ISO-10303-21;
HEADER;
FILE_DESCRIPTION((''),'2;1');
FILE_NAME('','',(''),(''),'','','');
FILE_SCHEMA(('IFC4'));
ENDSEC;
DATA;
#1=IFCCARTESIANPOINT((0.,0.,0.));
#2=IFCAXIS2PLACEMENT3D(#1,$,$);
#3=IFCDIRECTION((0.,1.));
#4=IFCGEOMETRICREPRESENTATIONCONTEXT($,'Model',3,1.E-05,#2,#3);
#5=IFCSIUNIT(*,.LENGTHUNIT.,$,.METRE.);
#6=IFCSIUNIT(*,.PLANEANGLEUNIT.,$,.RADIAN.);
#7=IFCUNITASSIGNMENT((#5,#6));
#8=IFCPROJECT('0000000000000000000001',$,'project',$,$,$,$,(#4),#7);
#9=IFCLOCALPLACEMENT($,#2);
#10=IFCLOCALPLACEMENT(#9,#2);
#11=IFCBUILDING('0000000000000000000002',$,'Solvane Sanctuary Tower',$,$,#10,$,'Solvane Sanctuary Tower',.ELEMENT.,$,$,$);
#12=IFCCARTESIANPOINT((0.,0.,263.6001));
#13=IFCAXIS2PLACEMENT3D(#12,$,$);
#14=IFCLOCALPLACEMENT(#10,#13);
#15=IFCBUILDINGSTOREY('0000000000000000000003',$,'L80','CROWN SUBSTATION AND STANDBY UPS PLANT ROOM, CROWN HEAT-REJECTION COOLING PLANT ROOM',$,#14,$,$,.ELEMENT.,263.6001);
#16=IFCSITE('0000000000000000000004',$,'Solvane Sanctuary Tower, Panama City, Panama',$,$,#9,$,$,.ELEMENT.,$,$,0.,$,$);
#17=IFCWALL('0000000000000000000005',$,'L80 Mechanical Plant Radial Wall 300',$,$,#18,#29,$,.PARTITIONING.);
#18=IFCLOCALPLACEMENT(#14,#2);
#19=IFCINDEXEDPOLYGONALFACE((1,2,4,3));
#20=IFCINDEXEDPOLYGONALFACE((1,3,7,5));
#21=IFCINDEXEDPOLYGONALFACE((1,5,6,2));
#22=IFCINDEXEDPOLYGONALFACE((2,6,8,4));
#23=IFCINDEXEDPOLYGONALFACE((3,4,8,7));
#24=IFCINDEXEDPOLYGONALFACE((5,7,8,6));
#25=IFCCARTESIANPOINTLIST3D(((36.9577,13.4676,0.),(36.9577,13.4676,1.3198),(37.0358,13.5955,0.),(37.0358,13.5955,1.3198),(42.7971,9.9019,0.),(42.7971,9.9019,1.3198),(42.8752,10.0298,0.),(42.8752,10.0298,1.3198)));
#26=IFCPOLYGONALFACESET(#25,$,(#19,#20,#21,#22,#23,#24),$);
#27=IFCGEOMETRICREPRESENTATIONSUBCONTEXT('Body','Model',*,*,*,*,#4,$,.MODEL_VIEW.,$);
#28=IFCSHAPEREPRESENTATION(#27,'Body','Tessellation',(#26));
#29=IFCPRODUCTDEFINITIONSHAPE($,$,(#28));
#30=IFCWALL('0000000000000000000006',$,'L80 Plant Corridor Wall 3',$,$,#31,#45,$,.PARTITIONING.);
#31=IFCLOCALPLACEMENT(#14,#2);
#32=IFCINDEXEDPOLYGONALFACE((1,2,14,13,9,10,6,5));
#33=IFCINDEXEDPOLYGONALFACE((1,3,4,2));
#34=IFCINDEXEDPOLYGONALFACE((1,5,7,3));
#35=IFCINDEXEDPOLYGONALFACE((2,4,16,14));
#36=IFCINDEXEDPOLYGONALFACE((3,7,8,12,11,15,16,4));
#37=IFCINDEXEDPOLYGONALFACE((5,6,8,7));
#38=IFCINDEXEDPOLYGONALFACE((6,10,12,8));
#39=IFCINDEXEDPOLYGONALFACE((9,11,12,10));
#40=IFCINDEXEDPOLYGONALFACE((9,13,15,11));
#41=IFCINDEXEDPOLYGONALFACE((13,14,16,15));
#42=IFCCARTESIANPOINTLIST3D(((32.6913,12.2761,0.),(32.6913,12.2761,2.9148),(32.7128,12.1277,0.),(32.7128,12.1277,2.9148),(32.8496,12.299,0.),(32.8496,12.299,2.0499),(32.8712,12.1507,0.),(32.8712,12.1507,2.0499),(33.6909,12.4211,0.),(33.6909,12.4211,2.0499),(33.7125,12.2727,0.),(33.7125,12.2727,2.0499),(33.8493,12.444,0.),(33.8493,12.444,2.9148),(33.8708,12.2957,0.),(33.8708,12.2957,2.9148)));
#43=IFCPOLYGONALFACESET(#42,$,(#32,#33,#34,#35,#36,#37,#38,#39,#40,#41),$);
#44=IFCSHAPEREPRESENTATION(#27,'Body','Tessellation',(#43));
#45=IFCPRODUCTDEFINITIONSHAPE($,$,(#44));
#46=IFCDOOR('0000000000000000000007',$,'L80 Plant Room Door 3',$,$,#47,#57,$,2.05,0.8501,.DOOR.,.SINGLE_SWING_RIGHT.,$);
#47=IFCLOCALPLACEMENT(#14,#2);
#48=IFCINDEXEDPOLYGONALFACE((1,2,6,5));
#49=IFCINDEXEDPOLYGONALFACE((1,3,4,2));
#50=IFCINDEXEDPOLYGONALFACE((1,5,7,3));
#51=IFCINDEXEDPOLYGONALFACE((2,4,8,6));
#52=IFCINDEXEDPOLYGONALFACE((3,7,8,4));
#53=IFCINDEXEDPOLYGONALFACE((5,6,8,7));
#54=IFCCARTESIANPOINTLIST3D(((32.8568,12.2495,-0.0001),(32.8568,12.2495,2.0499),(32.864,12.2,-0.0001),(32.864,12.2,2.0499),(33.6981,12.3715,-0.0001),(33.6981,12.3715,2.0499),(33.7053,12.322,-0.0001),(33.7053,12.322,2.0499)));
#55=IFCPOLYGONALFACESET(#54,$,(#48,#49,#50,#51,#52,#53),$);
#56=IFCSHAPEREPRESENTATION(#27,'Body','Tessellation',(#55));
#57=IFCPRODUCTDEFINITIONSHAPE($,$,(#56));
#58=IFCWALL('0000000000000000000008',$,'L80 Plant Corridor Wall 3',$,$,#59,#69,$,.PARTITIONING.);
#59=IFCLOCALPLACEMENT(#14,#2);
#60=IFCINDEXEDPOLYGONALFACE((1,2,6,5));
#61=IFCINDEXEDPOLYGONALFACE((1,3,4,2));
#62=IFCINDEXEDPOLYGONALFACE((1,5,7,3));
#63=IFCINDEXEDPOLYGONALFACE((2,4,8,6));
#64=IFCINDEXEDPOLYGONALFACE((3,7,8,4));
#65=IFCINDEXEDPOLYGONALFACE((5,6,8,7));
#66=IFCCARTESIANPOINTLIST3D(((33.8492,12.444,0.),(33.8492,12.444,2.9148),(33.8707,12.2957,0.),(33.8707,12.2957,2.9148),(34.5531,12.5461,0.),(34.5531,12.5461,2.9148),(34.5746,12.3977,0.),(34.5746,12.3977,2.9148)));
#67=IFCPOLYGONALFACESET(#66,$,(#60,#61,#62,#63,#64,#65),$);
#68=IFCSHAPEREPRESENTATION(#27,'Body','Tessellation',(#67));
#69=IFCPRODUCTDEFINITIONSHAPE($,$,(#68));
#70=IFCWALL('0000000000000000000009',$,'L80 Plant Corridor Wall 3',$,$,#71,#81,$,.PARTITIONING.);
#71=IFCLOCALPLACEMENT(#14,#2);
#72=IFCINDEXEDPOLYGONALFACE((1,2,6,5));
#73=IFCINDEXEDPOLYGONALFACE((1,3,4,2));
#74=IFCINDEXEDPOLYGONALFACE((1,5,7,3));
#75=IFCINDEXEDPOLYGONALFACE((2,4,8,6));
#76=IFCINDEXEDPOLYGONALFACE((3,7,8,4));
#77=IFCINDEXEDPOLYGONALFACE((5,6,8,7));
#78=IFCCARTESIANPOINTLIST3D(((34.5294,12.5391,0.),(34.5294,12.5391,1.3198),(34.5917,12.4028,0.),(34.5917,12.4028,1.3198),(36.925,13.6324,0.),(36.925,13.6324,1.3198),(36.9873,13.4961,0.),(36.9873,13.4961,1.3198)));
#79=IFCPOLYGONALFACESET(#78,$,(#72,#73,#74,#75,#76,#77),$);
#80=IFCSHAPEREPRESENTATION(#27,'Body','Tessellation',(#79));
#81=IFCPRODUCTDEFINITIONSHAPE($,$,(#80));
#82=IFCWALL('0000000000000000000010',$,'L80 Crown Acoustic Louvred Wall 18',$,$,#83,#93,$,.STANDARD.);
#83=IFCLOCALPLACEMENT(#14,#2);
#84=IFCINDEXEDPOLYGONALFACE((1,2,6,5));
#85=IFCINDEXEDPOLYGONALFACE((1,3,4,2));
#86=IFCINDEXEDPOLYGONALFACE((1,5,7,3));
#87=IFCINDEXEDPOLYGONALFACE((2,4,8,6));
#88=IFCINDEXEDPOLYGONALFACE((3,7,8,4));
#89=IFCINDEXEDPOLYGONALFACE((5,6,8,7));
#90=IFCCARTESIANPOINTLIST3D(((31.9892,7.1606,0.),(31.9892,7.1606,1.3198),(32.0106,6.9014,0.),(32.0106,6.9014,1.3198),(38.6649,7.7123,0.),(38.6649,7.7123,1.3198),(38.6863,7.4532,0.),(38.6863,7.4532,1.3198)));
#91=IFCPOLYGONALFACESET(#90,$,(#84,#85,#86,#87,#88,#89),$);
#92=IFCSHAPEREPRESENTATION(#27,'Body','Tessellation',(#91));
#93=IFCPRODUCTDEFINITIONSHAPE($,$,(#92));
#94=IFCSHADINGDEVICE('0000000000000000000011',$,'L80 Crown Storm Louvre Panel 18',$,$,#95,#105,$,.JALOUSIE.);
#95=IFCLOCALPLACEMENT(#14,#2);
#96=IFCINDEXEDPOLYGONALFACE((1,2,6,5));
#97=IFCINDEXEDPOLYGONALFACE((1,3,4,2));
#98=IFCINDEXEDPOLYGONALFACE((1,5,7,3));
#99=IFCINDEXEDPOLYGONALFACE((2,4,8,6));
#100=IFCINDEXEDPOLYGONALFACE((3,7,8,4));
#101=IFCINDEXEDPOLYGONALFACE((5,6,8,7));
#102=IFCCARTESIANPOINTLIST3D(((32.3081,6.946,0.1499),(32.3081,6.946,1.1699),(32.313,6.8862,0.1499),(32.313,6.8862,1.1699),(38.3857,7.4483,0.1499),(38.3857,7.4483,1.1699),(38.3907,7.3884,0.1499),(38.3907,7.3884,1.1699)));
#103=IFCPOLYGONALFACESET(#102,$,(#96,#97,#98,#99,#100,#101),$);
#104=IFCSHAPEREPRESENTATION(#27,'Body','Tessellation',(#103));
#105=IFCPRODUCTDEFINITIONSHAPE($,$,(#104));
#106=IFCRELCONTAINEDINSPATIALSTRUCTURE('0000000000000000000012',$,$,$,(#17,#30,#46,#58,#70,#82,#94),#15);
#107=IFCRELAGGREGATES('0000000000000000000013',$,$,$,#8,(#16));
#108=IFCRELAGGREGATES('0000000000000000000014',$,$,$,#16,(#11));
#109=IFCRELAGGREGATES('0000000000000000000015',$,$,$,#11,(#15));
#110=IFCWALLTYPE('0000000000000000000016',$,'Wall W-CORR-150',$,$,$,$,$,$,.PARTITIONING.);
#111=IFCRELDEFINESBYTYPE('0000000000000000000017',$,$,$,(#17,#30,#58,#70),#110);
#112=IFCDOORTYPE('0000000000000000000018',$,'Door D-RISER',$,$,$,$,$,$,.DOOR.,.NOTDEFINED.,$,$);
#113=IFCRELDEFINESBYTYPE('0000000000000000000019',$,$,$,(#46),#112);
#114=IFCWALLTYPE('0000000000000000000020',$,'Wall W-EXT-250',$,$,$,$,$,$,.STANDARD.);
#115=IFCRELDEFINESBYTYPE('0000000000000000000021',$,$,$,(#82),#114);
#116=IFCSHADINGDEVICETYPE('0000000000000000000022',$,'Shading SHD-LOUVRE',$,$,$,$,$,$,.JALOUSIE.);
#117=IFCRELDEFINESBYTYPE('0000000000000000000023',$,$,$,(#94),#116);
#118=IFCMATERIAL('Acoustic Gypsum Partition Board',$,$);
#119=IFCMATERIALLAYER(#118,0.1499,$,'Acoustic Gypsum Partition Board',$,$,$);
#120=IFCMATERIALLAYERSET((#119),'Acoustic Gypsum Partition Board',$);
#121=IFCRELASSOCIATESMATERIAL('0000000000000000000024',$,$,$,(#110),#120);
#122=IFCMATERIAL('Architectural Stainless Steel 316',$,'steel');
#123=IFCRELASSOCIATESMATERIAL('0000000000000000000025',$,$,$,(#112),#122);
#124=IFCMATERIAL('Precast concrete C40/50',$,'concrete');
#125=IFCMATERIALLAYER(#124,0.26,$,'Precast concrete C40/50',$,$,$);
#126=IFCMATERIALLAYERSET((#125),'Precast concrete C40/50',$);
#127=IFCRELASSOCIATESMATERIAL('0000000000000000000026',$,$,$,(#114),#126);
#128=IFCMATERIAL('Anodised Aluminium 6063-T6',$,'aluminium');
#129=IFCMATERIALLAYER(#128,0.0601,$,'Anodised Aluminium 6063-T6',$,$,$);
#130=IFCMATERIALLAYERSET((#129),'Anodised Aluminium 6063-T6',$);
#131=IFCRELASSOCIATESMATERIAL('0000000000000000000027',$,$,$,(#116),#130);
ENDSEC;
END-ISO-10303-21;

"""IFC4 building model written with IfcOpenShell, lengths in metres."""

from ifc_helpers import new_model, si_unit, direction, frame, frame_2d, origin, origin_2d, place, context, subcontext, project, spatial, rectangle, extrude, material, layer, layer_set, type_object, element, fill, save


model = new_model("IFC4")

# Units and contexts
model_context = context("Model", 3, precision=1e-05, world=origin(), true_north=direction((0.0, 1.0)))
body_context = subcontext(model_context, "Body", "Model", "MODEL_VIEW")
ifc_project = project(units=[si_unit("LENGTHUNIT", "METRE"), si_unit("PLANEANGLEUNIT", "RADIAN")], contexts=[model_context])

# Site, building, storey
site_placement = place(None, origin())
site = spatial("IfcSite", under=ifc_project, at=site_placement, Name="Solvane Sanctuary Tower, Panama City, Panama", CompositionType="ELEMENT", RefElevation=0.0)
building_placement = place(site_placement, origin())
building = spatial("IfcBuilding", under=site, at=building_placement, Name="Solvane Sanctuary Tower", LongName="Solvane Sanctuary Tower", CompositionType="ELEMENT")
storey_placement = place(building_placement, frame((0.0, 0.0, 263.6001)))
storey = spatial("IfcBuildingStorey", under=building, at=storey_placement, Name="L80", Description="CROWN SUBSTATION AND STANDBY UPS PLANT ROOM, CROWN HEAT-REJECTION COOLING PLANT ROOM", CompositionType="ELEMENT", Elevation=263.6001)

# Shared definitions
ifc_material_1 = material(Name="Anodised Aluminium 6063-T6", Category="aluminium")

# Wall
ifc_material_2 = material(Name="Acoustic Gypsum Partition Board")
ifc_layer_1 = layer(ifc_material_2, 0.1499, Name="Acoustic Gypsum Partition Board")
ifc_layer_set_1 = layer_set([ifc_layer_1], Name="Acoustic Gypsum Partition Board")
wall_type_1 = type_object("IfcWallType", Name="Wall W-CORR-150", PredefinedType="PARTITIONING", material=ifc_layer_set_1)
wall_1_placement = place(storey_placement, frame((36.9968, 13.5315, 0.0), z_axis=(0.0, 0.0, 1.0), x_axis=(0.853465, -0.52115, 0.0)))
element("IfcWall", 1, at=wall_1_placement, inside=storey, type_object=wall_type_1, Name="L80 Mechanical Plant Radial Wall 300", PredefinedType="PARTITIONING", context=body_context, shape_type="SweptSolid", body=[
    extrude(rectangle(XDim=6.842, YDim=0.1499, at=frame_2d((3.4209, 0.0))), origin(), (0.0, 0.0, 1.0), 1.3198),
])

# Wall, opening, door
wall_2_placement = place(storey_placement, frame((32.7021, 12.2019, 0.0), z_axis=(0.0, 0.0, 1.0), x_axis=(0.989643, 0.143553, 0.0)))
wall_2 = element("IfcWall", 2, at=wall_2_placement, inside=storey, type_object=wall_type_1, Name="L80 Plant Corridor Wall 3", PredefinedType="PARTITIONING", context=body_context, shape_type="SweptSolid", body=[
    extrude(rectangle(XDim=1.1702, YDim=0.1499, at=frame_2d((0.585, 0.0))), origin(), (0.0, 0.0, 1.0), 2.9148),
])
opening_placement = place(wall_2_placement, frame((0.1599, 0.0, 0.0)))
opening = element("IfcOpeningElement", 3, at=opening_placement, cuts=wall_2, PredefinedType="OPENING", context=body_context, shape_type="SweptSolid", body=[
    extrude(rectangle(XDim=0.8501, YDim=2.05, at=frame_2d((0.425, 1.0249))), frame((0.0, 0.085, 0.0), z_axis=(0.0, -1.0, 0.0), x_axis=(1.0, 0.0, 0.0)), (0.0, 0.0, 1.0), 0.1699),
])
ifc_material_3 = material(Name="Architectural Stainless Steel 316", Category="steel")
door_type = type_object("IfcDoorType", Name="Door D-RISER", OperationType="NOTDEFINED", PredefinedType="DOOR", material=ifc_material_3)
door_placement = place(opening_placement, origin())
door = element("IfcDoor", 4, at=door_placement, inside=storey, type_object=door_type, Name="L80 Plant Room Door 3", OperationType="SINGLE_SWING_RIGHT", OverallHeight=2.05, OverallWidth=0.8501, PredefinedType="DOOR", context=body_context, shape_type="SweptSolid", body=[
    extrude(rectangle(XDim=0.8501, YDim=2.05, at=frame_2d((0.425, 1.0249))), frame((0.0, 0.0249, 0.0), z_axis=(0.0, -1.0, 0.0), x_axis=(1.0, 0.0, 0.0)), (0.0, 0.0, 1.0), 0.05),
])
fill(opening, door)

# Walls
wall_3_placement = place(storey_placement, frame((33.8601, 12.3699, 0.0), z_axis=(0.0, 0.0, 1.0), x_axis=(0.989652, 0.143488, 0.0)))
element("IfcWall", 5, at=wall_3_placement, inside=storey, type_object=wall_type_1, Name="L80 Plant Corridor Wall 3", PredefinedType="PARTITIONING", context=body_context, shape_type="SweptSolid", body=[
    extrude(rectangle(XDim=0.7112, YDim=0.1499, at=frame_2d((0.3555, 0.0))), origin(), (0.0, 0.0, 1.0), 2.9148),
])
wall_4_placement = place(storey_placement, frame((34.5605, 12.4709, 0.0), z_axis=(0.0, 0.0, 1.0), x_axis=(0.909737, 0.415186, 0.0)))
element("IfcWall", 6, at=wall_4_placement, inside=storey, type_object=wall_type_1, Name="L80 Plant Corridor Wall 3", PredefinedType="PARTITIONING", context=body_context, shape_type="SweptSolid", body=[
    extrude(rectangle(XDim=2.6333, YDim=0.1499, at=frame_2d((1.3167, 0.0))), origin(), (0.0, 0.0, 1.0), 1.3198),
])
ifc_material_4 = material(Name="Precast concrete C40/50", Category="concrete")
ifc_layer_2 = layer(ifc_material_4, 0.26, Name="Precast concrete C40/50")
ifc_layer_set_2 = layer_set([ifc_layer_2], Name="Precast concrete C40/50")
wall_type_2 = type_object("IfcWallType", Name="Wall W-EXT-250", PredefinedType="STANDARD", material=ifc_layer_set_2)
wall_5_placement = place(storey_placement, frame((32.0, 7.031, 0.0), z_axis=(0.0, 0.0, 1.0), x_axis=(0.996602, 0.08237, 0.0)))
element("IfcWall", 7, at=wall_5_placement, inside=storey, type_object=wall_type_2, Name="L80 Crown Acoustic Louvred Wall 18", PredefinedType="STANDARD", context=body_context, shape_type="SweptSolid", body=[
    extrude(rectangle(XDim=6.6985, YDim=0.26, at=frame_2d((3.3491, 0.0))), origin(), (0.0, 0.0, 1.0), 1.3198),
])

# Shading device
ifc_layer_3 = layer(ifc_material_1, 0.0601, Name="Anodised Aluminium 6063-T6")
ifc_layer_set_3 = layer_set([ifc_layer_3], Name="Anodised Aluminium 6063-T6")
shading_device_type = type_object("IfcShadingDeviceType", Name="Shading SHD-LOUVRE", PredefinedType="JALOUSIE", material=ifc_layer_set_3)
shading_device_placement = place(storey_placement, frame((35.3494, 7.1672, 0.1499), z_axis=(0.0, 0.0, 1.0), x_axis=(0.996602, 0.082363, 0.0)))
element("IfcShadingDevice", 8, at=shading_device_placement, inside=storey, type_object=shading_device_type, Name="L80 Crown Storm Louvre Panel 18", PredefinedType="JALOUSIE", context=body_context, shape_type="SweptSolid", body=[
    extrude(rectangle(XDim=6.0984, YDim=0.0601, at=origin_2d()), origin(), (0.0, 0.0, 1.0), 1.02),
])

save(model, "model.ifc")
